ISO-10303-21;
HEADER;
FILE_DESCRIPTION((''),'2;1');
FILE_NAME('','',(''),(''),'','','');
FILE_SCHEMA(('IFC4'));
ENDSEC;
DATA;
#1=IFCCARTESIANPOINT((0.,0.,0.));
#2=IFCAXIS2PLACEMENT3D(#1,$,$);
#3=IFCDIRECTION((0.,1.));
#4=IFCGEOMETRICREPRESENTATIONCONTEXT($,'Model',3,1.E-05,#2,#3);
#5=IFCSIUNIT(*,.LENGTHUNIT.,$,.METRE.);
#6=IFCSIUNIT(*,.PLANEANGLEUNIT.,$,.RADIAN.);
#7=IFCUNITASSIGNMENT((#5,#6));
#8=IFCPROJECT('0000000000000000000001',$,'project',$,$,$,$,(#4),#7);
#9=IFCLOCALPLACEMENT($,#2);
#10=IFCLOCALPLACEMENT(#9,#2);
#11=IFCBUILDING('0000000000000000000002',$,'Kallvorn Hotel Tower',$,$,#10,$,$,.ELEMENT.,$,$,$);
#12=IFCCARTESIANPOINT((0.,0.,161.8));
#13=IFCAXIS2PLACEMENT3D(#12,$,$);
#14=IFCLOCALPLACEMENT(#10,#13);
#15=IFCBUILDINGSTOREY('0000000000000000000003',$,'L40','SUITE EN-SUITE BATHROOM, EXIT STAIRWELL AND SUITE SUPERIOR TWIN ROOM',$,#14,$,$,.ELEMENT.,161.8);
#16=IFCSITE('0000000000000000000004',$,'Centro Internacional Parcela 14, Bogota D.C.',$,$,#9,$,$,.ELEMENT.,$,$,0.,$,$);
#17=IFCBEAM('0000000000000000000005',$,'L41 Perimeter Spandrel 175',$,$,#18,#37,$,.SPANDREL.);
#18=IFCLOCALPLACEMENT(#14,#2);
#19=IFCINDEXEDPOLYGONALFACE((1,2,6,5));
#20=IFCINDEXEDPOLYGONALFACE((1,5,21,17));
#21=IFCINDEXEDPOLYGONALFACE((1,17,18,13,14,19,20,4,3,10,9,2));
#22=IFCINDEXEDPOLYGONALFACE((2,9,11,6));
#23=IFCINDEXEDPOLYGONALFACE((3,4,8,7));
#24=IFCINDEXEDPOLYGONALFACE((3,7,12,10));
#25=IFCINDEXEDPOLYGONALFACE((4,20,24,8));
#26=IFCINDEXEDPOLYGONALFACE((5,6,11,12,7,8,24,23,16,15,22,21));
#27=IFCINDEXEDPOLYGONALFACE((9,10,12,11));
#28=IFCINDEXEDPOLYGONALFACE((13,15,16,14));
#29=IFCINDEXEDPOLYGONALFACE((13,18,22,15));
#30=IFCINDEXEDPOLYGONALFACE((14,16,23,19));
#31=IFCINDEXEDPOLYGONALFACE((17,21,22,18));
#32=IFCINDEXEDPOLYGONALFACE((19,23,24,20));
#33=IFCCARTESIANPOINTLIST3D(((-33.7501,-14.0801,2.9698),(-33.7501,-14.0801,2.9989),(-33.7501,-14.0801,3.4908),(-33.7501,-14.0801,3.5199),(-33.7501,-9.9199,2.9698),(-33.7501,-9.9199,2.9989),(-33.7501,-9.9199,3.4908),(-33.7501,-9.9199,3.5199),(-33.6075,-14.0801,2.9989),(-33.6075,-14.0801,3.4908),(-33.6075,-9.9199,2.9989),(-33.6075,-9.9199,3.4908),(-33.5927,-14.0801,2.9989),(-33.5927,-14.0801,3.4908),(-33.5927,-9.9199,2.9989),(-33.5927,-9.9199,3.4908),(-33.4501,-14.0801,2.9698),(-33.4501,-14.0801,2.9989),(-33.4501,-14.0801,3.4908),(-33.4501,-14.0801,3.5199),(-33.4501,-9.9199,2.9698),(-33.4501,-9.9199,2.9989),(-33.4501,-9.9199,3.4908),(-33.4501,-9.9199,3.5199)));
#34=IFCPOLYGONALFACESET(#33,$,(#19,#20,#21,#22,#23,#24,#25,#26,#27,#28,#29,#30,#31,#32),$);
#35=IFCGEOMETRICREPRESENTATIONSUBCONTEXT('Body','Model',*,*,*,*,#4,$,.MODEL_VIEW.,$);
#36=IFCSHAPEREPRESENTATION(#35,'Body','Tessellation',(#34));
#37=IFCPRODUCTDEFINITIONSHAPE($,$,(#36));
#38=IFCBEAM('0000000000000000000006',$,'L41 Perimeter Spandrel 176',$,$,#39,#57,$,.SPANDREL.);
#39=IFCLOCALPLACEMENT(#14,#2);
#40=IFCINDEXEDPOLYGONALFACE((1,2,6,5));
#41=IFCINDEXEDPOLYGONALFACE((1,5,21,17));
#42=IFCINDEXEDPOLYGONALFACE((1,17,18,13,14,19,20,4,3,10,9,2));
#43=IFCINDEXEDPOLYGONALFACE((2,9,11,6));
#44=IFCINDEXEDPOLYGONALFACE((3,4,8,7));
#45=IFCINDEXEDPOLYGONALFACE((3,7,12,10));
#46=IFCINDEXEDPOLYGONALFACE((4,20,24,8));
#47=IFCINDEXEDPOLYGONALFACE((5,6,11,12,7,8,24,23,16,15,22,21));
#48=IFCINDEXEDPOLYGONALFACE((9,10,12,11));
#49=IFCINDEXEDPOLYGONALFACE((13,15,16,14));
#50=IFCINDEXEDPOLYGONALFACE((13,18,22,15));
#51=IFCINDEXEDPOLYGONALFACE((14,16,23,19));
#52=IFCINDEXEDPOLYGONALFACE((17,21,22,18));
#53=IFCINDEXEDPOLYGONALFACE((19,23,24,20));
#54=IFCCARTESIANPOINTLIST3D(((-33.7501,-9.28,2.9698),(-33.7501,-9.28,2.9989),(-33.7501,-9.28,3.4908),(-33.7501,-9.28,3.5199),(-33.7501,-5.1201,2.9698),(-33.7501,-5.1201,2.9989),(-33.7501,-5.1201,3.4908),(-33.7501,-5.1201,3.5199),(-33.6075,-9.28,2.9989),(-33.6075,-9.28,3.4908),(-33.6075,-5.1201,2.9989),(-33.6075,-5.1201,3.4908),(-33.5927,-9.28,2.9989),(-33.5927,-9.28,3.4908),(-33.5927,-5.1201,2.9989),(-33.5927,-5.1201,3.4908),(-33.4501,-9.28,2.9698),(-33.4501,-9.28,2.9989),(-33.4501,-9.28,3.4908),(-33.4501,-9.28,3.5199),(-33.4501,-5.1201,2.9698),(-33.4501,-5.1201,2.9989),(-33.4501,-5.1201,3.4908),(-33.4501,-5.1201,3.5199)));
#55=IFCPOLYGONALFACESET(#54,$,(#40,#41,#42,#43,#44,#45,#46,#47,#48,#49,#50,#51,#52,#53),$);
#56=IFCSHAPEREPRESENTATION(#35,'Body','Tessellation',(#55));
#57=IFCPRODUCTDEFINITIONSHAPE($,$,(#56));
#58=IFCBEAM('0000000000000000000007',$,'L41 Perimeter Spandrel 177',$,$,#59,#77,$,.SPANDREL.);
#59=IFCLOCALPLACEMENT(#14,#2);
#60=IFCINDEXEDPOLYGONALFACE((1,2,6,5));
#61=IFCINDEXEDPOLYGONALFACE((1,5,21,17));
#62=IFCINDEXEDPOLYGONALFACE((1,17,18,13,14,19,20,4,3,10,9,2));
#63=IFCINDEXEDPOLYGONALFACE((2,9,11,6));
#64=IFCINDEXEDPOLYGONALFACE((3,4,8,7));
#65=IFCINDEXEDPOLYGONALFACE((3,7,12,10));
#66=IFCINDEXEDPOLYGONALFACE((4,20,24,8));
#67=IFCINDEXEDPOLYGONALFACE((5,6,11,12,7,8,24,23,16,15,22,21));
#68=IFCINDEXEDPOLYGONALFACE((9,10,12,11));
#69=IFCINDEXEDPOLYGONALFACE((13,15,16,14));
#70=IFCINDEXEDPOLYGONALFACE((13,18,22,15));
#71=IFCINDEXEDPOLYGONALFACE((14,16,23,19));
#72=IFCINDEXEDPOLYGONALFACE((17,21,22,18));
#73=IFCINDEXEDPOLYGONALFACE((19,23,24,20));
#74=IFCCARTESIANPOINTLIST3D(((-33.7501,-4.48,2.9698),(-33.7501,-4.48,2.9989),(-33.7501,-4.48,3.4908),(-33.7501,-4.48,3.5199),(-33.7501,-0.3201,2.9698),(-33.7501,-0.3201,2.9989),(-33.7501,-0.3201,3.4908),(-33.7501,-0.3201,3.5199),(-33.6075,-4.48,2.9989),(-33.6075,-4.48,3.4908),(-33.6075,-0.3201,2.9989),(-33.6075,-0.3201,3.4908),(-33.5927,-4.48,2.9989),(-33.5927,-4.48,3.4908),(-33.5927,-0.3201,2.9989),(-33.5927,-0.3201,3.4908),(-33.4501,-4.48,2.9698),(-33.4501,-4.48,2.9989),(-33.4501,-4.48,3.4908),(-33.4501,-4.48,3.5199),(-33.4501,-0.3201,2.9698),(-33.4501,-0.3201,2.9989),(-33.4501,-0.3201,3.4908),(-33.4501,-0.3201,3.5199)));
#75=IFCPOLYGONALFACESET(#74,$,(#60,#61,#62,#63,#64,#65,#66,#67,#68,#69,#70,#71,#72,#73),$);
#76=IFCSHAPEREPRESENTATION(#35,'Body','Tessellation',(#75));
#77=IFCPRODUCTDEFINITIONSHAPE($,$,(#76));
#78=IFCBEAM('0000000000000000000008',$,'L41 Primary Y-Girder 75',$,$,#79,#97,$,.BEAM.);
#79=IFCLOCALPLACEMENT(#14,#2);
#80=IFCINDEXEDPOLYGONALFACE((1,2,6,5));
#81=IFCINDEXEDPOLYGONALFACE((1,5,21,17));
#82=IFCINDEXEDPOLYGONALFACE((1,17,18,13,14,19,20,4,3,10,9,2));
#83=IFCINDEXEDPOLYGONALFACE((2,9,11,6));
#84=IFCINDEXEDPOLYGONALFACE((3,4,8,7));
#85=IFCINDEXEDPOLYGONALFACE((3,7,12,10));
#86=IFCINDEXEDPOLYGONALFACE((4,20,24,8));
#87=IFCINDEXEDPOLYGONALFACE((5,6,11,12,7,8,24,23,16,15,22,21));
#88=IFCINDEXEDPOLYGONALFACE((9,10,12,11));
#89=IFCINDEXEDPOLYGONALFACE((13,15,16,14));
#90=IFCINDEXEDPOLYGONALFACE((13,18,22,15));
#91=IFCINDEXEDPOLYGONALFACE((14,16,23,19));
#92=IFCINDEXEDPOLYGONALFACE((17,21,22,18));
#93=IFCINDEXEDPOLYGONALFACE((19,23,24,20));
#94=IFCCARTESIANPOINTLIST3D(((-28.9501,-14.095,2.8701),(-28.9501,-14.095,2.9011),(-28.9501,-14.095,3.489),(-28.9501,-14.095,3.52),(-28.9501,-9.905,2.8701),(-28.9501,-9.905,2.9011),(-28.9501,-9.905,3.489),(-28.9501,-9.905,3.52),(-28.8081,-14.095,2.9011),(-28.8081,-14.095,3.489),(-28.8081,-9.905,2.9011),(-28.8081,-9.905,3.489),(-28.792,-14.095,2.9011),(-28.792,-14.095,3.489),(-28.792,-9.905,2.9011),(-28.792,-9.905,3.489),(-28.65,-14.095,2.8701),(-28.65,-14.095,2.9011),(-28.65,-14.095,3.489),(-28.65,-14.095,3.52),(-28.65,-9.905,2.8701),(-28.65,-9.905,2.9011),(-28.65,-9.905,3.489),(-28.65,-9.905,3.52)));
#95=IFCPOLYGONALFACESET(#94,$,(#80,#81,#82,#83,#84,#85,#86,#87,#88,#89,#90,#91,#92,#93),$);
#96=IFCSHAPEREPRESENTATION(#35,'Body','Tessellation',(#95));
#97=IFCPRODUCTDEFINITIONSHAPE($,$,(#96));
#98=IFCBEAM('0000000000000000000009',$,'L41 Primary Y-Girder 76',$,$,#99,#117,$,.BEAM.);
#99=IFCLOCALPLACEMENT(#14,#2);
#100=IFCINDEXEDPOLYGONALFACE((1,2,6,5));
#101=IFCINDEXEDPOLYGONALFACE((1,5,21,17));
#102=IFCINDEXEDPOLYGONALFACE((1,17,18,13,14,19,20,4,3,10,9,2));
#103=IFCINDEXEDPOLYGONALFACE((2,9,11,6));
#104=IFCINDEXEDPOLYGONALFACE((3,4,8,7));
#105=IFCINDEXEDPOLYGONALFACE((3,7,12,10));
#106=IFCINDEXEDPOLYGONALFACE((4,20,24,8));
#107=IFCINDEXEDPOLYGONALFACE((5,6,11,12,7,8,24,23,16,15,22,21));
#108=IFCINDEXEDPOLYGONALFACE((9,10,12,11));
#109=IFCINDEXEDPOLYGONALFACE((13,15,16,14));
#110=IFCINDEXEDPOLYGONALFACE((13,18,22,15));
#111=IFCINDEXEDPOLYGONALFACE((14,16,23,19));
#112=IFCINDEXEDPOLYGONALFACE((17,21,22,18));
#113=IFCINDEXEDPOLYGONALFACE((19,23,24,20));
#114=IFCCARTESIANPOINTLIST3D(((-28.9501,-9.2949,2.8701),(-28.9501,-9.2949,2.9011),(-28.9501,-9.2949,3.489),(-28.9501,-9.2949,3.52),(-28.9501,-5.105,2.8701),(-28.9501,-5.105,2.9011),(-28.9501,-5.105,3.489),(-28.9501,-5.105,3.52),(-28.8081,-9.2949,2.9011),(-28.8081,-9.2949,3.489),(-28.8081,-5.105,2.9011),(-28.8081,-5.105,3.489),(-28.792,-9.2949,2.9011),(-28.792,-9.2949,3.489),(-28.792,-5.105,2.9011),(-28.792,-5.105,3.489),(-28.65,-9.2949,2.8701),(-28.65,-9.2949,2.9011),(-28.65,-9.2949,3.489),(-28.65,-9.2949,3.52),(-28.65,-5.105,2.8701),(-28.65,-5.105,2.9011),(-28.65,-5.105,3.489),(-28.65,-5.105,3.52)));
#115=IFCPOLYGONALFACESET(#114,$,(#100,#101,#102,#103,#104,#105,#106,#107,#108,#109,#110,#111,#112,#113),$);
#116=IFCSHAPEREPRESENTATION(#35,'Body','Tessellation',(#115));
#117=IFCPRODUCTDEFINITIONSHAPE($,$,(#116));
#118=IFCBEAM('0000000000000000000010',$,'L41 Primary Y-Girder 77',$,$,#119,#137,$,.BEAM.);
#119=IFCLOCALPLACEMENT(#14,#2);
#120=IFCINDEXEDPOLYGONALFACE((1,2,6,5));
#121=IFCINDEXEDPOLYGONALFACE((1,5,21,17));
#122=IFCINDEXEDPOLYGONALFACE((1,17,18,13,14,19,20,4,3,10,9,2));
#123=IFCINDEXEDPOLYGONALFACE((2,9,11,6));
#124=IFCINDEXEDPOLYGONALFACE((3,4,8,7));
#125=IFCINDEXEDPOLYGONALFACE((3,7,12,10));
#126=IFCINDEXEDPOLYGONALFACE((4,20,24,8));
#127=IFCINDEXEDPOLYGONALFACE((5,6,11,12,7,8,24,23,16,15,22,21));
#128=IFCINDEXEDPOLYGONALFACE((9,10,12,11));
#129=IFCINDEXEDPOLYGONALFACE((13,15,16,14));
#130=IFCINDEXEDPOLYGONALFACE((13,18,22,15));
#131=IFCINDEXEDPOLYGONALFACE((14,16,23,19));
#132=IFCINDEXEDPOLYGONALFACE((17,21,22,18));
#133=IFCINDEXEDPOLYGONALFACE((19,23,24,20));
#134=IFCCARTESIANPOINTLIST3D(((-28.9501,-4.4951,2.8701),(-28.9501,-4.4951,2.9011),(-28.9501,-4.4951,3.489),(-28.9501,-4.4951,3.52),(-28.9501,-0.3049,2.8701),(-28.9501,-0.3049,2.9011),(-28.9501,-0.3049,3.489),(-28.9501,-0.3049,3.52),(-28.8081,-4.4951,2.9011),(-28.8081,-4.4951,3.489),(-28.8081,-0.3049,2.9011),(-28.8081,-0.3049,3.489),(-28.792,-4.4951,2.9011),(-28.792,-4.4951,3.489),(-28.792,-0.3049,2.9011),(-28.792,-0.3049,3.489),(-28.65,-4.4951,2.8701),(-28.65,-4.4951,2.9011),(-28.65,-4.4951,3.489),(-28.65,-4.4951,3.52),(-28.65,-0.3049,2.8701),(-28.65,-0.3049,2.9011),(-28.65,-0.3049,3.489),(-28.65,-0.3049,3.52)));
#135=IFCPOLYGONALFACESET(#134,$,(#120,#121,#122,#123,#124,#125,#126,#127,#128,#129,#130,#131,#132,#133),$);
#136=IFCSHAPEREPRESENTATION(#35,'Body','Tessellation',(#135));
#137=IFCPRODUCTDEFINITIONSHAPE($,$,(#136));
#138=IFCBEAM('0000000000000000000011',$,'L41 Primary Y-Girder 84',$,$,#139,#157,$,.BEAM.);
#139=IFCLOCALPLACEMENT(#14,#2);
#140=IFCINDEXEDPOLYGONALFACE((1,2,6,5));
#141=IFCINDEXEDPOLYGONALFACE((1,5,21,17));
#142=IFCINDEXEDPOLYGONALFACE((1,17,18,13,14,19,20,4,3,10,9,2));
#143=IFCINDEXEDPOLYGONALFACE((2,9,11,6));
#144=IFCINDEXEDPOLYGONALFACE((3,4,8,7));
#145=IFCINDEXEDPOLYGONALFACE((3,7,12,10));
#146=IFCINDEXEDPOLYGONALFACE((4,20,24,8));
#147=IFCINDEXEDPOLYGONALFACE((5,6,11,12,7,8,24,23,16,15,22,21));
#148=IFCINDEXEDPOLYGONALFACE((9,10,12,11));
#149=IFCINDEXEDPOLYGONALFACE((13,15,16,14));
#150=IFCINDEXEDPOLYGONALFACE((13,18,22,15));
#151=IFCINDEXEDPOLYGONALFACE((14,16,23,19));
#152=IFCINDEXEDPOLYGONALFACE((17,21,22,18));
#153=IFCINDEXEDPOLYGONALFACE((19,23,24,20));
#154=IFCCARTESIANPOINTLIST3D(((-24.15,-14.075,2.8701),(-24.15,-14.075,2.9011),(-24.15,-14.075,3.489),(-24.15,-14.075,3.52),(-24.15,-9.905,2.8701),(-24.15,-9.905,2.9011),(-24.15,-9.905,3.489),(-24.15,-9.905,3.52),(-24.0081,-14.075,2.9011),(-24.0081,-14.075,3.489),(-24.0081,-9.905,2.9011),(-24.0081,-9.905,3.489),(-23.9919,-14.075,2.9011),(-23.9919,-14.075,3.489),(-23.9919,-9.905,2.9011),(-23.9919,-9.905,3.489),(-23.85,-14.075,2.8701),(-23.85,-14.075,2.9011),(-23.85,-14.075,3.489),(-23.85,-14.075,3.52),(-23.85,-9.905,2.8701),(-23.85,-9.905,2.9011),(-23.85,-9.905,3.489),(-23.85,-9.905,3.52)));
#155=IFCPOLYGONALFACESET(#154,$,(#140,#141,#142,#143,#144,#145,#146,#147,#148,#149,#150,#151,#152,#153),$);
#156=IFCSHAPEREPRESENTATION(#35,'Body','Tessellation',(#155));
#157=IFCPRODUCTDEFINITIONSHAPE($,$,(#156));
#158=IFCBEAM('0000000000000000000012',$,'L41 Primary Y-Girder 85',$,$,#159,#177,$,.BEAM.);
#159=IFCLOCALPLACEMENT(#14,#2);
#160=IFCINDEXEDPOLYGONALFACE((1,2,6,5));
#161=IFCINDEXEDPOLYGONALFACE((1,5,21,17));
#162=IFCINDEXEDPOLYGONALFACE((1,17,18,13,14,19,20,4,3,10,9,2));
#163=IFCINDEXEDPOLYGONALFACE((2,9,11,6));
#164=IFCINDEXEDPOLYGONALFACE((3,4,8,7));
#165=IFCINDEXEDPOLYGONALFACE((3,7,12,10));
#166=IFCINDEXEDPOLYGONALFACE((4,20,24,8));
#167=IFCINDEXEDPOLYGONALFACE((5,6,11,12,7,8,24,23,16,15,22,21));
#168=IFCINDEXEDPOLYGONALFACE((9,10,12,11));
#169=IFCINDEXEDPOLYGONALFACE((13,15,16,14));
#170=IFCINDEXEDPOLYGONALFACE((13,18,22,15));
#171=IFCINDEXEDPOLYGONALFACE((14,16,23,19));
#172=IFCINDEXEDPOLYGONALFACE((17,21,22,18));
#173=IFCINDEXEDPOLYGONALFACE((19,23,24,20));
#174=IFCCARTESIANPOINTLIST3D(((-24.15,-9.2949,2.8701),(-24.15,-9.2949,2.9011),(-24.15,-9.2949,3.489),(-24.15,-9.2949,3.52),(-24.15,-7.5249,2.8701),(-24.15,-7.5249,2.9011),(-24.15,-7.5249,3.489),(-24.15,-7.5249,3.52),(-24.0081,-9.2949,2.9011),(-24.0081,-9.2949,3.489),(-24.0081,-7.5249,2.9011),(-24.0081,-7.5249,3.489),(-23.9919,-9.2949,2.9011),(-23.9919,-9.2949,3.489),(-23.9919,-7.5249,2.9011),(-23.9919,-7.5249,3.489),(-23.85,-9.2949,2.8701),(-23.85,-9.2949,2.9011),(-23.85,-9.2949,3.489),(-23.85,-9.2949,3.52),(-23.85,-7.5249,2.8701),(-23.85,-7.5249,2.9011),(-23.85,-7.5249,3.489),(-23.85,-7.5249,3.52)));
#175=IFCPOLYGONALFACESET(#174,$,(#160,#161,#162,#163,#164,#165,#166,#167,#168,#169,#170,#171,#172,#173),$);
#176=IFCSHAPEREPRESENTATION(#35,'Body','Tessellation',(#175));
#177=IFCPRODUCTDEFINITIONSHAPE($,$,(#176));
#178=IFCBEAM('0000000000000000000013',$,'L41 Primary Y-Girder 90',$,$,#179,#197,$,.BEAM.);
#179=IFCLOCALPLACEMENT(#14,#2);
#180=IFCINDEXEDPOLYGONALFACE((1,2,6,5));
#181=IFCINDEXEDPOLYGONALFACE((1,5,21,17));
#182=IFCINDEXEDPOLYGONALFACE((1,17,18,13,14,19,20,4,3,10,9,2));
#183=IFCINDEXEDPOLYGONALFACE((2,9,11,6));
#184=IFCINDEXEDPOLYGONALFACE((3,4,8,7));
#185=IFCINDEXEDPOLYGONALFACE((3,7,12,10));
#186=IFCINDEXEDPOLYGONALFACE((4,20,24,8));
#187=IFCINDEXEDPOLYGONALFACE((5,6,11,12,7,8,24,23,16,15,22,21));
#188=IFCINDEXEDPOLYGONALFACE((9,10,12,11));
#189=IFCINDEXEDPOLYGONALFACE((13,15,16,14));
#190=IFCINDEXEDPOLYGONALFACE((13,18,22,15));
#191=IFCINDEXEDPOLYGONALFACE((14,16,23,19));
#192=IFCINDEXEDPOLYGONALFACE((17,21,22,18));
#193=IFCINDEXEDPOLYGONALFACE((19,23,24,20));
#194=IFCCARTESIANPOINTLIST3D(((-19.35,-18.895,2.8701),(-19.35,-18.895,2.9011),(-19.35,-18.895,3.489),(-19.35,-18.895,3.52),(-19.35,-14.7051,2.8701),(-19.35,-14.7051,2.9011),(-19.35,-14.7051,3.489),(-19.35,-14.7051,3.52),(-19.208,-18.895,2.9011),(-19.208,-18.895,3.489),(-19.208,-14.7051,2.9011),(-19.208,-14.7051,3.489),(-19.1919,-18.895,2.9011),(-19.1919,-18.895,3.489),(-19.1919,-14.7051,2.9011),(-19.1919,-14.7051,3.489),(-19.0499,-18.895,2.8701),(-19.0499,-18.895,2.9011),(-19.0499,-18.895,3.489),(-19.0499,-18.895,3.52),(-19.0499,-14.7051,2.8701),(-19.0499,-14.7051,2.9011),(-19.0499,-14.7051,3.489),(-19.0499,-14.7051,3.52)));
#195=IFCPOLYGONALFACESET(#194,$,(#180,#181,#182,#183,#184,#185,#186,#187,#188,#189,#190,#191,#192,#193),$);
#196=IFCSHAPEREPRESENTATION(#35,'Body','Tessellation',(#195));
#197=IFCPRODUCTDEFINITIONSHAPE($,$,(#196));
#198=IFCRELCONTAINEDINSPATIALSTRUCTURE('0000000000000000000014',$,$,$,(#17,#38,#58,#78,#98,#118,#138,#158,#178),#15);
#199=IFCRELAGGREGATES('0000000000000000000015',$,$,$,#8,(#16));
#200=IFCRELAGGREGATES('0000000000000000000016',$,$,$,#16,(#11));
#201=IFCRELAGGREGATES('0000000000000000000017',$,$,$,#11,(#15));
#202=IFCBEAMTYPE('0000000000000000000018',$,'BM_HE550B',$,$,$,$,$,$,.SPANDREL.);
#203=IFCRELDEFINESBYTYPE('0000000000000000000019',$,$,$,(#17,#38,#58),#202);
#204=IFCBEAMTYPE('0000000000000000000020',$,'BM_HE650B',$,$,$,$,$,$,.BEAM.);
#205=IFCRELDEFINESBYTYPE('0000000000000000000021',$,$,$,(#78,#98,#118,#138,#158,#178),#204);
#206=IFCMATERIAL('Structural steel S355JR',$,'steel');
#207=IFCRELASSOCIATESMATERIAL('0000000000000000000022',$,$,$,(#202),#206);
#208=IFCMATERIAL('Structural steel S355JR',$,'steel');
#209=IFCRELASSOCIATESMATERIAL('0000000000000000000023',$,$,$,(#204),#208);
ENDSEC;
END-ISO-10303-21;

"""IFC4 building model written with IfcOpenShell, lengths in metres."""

from ifc_helpers import new_model, si_unit, direction, frame, origin, origin_2d, place, context, subcontext, project, spatial, i_section, extrude, material, material_profile, profile_set, type_object, element, save


model = new_model("IFC4")

# Units and contexts
model_context = context("Model", 3, precision=1e-05, world=origin(), true_north=direction((0.0, 1.0)))
body_context = subcontext(model_context, "Body", "Model", "MODEL_VIEW")
ifc_project = project(units=[si_unit("LENGTHUNIT", "METRE"), si_unit("PLANEANGLEUNIT", "RADIAN")], contexts=[model_context])

# Site, building, storey
site_placement = place(None, origin())
site = spatial("IfcSite", under=ifc_project, at=site_placement, Name="Centro Internacional Parcela 14, Bogota D.C.", CompositionType="ELEMENT", RefElevation=0.0)
building_placement = place(site_placement, origin())
building = spatial("IfcBuilding", under=site, at=building_placement, Name="Kallvorn Hotel Tower", CompositionType="ELEMENT")
storey_placement = place(building_placement, frame((0.0, 0.0, 161.8)))
storey = spatial("IfcBuildingStorey", under=building, at=storey_placement, Name="L40", Description="SUITE EN-SUITE BATHROOM, EXIT STAIRWELL AND SUITE SUPERIOR TWIN ROOM", CompositionType="ELEMENT", Elevation=161.8)

# Beams
ifc_material_1 = material(Name="Structural steel S355JR", Category="steel")
ifc_material_profile_1 = material_profile(ifc_material_1, i_section(OverallWidth=0.3, OverallDepth=0.55, WebThickness=0.0149, FlangeThickness=0.0291, at=origin_2d()), Name="HE 550 B")
ifc_profile_set_1 = profile_set([ifc_material_profile_1], Name="Structural steel S355JR")
beam_type_1 = type_object("IfcBeamType", Name="BM_HE550B", PredefinedType="SPANDREL", material=ifc_profile_set_1)
beam_1_placement = place(storey_placement, frame((-33.6001, -14.0801, 3.2449), z_axis=(0.0, 1.0, 0.0), x_axis=(-1.0, 0.0, 0.0)))
element("IfcBeam", 1, at=beam_1_placement, inside=storey, type_object=beam_type_1, Name="L41 Perimeter Spandrel 175", PredefinedType="SPANDREL", context=body_context, shape_type="SweptSolid", body=[
    extrude(i_section(OverallWidth=0.3, OverallDepth=0.55, WebThickness=0.0149, FlangeThickness=0.0291, at=origin_2d()), origin(), (0.0, 0.0, 1.0), 4.1602),
])
for number, where, z_axis, x_axis, name in (
    (2, (-33.6001, -9.28, 3.2449), (0.0, 1.0, 0.0), (-1.0, 0.0, 0.0), "L41 Perimeter Spandrel 176"),
    (3, (-33.6001, -4.48, 3.2449), (0.0, 1.0, 0.0), (-1.0, 0.0, 0.0), "L41 Perimeter Spandrel 177"),
):
    element("IfcBeam", number, at=place(storey_placement, frame(where, z_axis=z_axis, x_axis=x_axis)), inside=storey, type_object=beam_type_1, Name=name, PredefinedType="SPANDREL", context=body_context, shape_type="SweptSolid", body=[
        extrude(i_section(OverallWidth=0.3, OverallDepth=0.55, WebThickness=0.0149, FlangeThickness=0.0291, at=origin_2d()), origin(), (0.0, 0.0, 1.0), 4.1599),
    ])
ifc_material_2 = material(Name="Structural steel S355JR", Category="steel")
ifc_material_profile_2 = material_profile(ifc_material_2, i_section(OverallWidth=0.3, OverallDepth=0.6499, WebThickness=0.0161, FlangeThickness=0.031, at=origin_2d()), Name="HE 650 B")
ifc_profile_set_2 = profile_set([ifc_material_profile_2], Name="Structural steel S355JR")
beam_type_2 = type_object("IfcBeamType", Name="BM_HE650B", PredefinedType="BEAM", material=ifc_profile_set_2)
for number, where, z_axis, x_axis, name in (
    (4, (-28.8, -14.095, 3.1951), (0.0, 1.0, 0.0), (-1.0, 0.0, 0.0), "L41 Primary Y-Girder 75"),
    (5, (-28.8, -9.2949, 3.1951), (0.0, 1.0, 0.0), (-1.0, 0.0, 0.0), "L41 Primary Y-Girder 76"),
):
    element("IfcBeam", number, at=place(storey_placement, frame(where, z_axis=z_axis, x_axis=x_axis)), inside=storey, type_object=beam_type_2, Name=name, PredefinedType="BEAM", context=body_context, shape_type="SweptSolid", body=[
        extrude(i_section(OverallWidth=0.3, OverallDepth=0.6499, WebThickness=0.0161, FlangeThickness=0.031, at=origin_2d()), origin(), (0.0, 0.0, 1.0), 4.1899),
    ])
beam_2_placement = place(storey_placement, frame((-28.8, -4.4951, 3.1951), z_axis=(0.0, 1.0, 0.0), x_axis=(-1.0, 0.0, 0.0)))
element("IfcBeam", 6, at=beam_2_placement, inside=storey, type_object=beam_type_2, Name="L41 Primary Y-Girder 77", PredefinedType="BEAM", context=body_context, shape_type="SweptSolid", body=[
    extrude(i_section(OverallWidth=0.3, OverallDepth=0.6499, WebThickness=0.0161, FlangeThickness=0.031, at=origin_2d()), origin(), (0.0, 0.0, 1.0), 4.1902),
])
beam_3_placement = place(storey_placement, frame((-24.0, -14.075, 3.1951), z_axis=(0.0, 1.0, 0.0), x_axis=(-1.0, 0.0, 0.0)))
element("IfcBeam", 7, at=beam_3_placement, inside=storey, type_object=beam_type_2, Name="L41 Primary Y-Girder 84", PredefinedType="BEAM", context=body_context, shape_type="SweptSolid", body=[
    extrude(i_section(OverallWidth=0.3, OverallDepth=0.6499, WebThickness=0.0161, FlangeThickness=0.031, at=origin_2d()), origin(), (0.0, 0.0, 1.0), 4.1699),
])
beam_4_placement = place(storey_placement, frame((-24.0, -9.2949, 3.1951), z_axis=(0.0, 1.0, 0.0), x_axis=(-1.0, 0.0, 0.0)))
element("IfcBeam", 8, at=beam_4_placement, inside=storey, type_object=beam_type_2, Name="L41 Primary Y-Girder 85", PredefinedType="BEAM", context=body_context, shape_type="SweptSolid", body=[
    extrude(i_section(OverallWidth=0.3, OverallDepth=0.6499, WebThickness=0.0161, FlangeThickness=0.031, at=origin_2d()), origin(), (0.0, 0.0, 1.0), 1.77),
])
beam_5_placement = place(storey_placement, frame((-19.2, -18.895, 3.1951), z_axis=(0.0, 1.0, 0.0), x_axis=(-1.0, 0.0, 0.0)))
element("IfcBeam", 9, at=beam_5_placement, inside=storey, type_object=beam_type_2, Name="L41 Primary Y-Girder 90", PredefinedType="BEAM", context=body_context, shape_type="SweptSolid", body=[
    extrude(i_section(OverallWidth=0.3, OverallDepth=0.6499, WebThickness=0.0161, FlangeThickness=0.031, at=origin_2d()), origin(), (0.0, 0.0, 1.0), 4.1899),
])

save(model, "model.ifc")
